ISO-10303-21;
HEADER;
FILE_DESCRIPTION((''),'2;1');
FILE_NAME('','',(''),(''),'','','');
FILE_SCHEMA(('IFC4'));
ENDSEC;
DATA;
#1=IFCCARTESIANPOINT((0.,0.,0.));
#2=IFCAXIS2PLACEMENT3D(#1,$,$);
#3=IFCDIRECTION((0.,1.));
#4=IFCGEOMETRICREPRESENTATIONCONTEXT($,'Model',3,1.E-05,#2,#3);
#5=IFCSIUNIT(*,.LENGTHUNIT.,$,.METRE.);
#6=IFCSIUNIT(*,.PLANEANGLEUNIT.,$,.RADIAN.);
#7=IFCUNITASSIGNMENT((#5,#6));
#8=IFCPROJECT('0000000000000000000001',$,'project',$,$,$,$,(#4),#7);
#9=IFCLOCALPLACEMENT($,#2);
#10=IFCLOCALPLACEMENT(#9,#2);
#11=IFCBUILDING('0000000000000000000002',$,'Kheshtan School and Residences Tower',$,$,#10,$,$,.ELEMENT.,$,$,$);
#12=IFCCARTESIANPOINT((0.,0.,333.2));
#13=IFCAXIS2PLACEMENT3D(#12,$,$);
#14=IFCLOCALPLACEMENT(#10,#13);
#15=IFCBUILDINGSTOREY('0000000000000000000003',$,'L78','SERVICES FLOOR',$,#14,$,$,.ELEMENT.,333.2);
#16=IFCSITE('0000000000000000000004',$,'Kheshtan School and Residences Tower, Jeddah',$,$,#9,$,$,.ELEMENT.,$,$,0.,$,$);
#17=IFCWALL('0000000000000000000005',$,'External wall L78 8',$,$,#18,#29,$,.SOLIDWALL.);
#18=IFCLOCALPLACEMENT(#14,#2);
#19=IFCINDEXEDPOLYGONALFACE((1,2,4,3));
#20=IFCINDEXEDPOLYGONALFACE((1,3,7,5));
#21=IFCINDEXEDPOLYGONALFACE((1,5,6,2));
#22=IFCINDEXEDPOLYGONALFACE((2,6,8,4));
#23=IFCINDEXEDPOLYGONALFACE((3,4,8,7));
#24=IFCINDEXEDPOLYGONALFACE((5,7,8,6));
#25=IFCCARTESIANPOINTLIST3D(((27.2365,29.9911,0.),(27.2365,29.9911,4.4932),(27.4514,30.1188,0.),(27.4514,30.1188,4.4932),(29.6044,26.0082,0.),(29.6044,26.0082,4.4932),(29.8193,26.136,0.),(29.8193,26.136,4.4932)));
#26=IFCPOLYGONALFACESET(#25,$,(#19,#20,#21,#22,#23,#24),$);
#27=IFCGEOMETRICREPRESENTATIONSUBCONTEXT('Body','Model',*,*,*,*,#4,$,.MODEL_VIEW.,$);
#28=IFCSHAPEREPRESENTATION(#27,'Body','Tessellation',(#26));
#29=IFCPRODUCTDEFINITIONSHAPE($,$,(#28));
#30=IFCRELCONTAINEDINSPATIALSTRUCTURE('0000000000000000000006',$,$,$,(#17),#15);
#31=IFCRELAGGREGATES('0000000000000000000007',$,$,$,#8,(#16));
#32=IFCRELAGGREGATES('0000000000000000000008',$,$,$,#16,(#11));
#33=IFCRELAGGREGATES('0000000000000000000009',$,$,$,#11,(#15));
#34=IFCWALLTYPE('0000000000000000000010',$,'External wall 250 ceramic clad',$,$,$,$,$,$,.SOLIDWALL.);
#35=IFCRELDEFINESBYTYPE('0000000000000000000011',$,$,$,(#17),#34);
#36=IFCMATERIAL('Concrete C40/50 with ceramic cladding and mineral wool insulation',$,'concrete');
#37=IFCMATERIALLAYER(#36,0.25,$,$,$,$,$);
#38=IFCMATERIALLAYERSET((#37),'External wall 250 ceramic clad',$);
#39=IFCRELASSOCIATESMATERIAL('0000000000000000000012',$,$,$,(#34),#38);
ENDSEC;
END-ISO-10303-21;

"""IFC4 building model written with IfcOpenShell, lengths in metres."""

from ifc_helpers import new_model, si_unit, direction, frame, frame_2d, origin, place, context, subcontext, project, spatial, rectangle, extrude, material, layer, layer_set, type_object, element, save


model = new_model("IFC4")

# Units and contexts
model_context = context("Model", 3, precision=1e-05, world=origin(), true_north=direction((0.0, 1.0)))
body_context = subcontext(model_context, "Body", "Model", "MODEL_VIEW")
ifc_project = project(units=[si_unit("LENGTHUNIT", "METRE"), si_unit("PLANEANGLEUNIT", "RADIAN")], contexts=[model_context])

# Site, building, storey
site_placement = place(None, origin())
site = spatial("IfcSite", under=ifc_project, at=site_placement, Name="Kheshtan School and Residences Tower, Jeddah", CompositionType="ELEMENT", RefElevation=0.0)
building_placement = place(site_placement, origin())
building = spatial("IfcBuilding", under=site, at=building_placement, Name="Kheshtan School and Residences Tower", CompositionType="ELEMENT")
storey_placement = place(building_placement, frame((0.0, 0.0, 333.2)))
storey = spatial("IfcBuildingStorey", under=building, at=storey_placement, Name="L78", Description="SERVICES FLOOR", CompositionType="ELEMENT", Elevation=333.2)

# Wall
ifc_material_1 = material(Name="Concrete C40/50 with ceramic cladding and mineral wool insulation", Category="concrete")
ifc_layer_1 = layer(ifc_material_1, 0.25)
ifc_layer_set_1 = layer_set([ifc_layer_1], Name="External wall 250 ceramic clad")
wall_type_1 = type_object("IfcWallType", Name="External wall 250 ceramic clad", PredefinedType="SOLIDWALL", material=ifc_layer_set_1)
wall_1_placement = place(storey_placement, frame((29.7119, 26.072, 0.0), z_axis=(0.0, 0.0, 1.0), x_axis=(-0.511028, 0.859564, 0.0)))
element("IfcWall", 1, at=wall_1_placement, inside=storey, type_object=wall_type_1, Name="External wall L78 8", PredefinedType="SOLIDWALL", context=body_context, shape_type="SweptSolid", body=[
    extrude(rectangle(XDim=4.6335, YDim=0.25, at=frame_2d((2.3169, 0.0))), origin(), (0.0, 0.0, 1.0), 4.4932),
])

save(model, "model.ifc")
